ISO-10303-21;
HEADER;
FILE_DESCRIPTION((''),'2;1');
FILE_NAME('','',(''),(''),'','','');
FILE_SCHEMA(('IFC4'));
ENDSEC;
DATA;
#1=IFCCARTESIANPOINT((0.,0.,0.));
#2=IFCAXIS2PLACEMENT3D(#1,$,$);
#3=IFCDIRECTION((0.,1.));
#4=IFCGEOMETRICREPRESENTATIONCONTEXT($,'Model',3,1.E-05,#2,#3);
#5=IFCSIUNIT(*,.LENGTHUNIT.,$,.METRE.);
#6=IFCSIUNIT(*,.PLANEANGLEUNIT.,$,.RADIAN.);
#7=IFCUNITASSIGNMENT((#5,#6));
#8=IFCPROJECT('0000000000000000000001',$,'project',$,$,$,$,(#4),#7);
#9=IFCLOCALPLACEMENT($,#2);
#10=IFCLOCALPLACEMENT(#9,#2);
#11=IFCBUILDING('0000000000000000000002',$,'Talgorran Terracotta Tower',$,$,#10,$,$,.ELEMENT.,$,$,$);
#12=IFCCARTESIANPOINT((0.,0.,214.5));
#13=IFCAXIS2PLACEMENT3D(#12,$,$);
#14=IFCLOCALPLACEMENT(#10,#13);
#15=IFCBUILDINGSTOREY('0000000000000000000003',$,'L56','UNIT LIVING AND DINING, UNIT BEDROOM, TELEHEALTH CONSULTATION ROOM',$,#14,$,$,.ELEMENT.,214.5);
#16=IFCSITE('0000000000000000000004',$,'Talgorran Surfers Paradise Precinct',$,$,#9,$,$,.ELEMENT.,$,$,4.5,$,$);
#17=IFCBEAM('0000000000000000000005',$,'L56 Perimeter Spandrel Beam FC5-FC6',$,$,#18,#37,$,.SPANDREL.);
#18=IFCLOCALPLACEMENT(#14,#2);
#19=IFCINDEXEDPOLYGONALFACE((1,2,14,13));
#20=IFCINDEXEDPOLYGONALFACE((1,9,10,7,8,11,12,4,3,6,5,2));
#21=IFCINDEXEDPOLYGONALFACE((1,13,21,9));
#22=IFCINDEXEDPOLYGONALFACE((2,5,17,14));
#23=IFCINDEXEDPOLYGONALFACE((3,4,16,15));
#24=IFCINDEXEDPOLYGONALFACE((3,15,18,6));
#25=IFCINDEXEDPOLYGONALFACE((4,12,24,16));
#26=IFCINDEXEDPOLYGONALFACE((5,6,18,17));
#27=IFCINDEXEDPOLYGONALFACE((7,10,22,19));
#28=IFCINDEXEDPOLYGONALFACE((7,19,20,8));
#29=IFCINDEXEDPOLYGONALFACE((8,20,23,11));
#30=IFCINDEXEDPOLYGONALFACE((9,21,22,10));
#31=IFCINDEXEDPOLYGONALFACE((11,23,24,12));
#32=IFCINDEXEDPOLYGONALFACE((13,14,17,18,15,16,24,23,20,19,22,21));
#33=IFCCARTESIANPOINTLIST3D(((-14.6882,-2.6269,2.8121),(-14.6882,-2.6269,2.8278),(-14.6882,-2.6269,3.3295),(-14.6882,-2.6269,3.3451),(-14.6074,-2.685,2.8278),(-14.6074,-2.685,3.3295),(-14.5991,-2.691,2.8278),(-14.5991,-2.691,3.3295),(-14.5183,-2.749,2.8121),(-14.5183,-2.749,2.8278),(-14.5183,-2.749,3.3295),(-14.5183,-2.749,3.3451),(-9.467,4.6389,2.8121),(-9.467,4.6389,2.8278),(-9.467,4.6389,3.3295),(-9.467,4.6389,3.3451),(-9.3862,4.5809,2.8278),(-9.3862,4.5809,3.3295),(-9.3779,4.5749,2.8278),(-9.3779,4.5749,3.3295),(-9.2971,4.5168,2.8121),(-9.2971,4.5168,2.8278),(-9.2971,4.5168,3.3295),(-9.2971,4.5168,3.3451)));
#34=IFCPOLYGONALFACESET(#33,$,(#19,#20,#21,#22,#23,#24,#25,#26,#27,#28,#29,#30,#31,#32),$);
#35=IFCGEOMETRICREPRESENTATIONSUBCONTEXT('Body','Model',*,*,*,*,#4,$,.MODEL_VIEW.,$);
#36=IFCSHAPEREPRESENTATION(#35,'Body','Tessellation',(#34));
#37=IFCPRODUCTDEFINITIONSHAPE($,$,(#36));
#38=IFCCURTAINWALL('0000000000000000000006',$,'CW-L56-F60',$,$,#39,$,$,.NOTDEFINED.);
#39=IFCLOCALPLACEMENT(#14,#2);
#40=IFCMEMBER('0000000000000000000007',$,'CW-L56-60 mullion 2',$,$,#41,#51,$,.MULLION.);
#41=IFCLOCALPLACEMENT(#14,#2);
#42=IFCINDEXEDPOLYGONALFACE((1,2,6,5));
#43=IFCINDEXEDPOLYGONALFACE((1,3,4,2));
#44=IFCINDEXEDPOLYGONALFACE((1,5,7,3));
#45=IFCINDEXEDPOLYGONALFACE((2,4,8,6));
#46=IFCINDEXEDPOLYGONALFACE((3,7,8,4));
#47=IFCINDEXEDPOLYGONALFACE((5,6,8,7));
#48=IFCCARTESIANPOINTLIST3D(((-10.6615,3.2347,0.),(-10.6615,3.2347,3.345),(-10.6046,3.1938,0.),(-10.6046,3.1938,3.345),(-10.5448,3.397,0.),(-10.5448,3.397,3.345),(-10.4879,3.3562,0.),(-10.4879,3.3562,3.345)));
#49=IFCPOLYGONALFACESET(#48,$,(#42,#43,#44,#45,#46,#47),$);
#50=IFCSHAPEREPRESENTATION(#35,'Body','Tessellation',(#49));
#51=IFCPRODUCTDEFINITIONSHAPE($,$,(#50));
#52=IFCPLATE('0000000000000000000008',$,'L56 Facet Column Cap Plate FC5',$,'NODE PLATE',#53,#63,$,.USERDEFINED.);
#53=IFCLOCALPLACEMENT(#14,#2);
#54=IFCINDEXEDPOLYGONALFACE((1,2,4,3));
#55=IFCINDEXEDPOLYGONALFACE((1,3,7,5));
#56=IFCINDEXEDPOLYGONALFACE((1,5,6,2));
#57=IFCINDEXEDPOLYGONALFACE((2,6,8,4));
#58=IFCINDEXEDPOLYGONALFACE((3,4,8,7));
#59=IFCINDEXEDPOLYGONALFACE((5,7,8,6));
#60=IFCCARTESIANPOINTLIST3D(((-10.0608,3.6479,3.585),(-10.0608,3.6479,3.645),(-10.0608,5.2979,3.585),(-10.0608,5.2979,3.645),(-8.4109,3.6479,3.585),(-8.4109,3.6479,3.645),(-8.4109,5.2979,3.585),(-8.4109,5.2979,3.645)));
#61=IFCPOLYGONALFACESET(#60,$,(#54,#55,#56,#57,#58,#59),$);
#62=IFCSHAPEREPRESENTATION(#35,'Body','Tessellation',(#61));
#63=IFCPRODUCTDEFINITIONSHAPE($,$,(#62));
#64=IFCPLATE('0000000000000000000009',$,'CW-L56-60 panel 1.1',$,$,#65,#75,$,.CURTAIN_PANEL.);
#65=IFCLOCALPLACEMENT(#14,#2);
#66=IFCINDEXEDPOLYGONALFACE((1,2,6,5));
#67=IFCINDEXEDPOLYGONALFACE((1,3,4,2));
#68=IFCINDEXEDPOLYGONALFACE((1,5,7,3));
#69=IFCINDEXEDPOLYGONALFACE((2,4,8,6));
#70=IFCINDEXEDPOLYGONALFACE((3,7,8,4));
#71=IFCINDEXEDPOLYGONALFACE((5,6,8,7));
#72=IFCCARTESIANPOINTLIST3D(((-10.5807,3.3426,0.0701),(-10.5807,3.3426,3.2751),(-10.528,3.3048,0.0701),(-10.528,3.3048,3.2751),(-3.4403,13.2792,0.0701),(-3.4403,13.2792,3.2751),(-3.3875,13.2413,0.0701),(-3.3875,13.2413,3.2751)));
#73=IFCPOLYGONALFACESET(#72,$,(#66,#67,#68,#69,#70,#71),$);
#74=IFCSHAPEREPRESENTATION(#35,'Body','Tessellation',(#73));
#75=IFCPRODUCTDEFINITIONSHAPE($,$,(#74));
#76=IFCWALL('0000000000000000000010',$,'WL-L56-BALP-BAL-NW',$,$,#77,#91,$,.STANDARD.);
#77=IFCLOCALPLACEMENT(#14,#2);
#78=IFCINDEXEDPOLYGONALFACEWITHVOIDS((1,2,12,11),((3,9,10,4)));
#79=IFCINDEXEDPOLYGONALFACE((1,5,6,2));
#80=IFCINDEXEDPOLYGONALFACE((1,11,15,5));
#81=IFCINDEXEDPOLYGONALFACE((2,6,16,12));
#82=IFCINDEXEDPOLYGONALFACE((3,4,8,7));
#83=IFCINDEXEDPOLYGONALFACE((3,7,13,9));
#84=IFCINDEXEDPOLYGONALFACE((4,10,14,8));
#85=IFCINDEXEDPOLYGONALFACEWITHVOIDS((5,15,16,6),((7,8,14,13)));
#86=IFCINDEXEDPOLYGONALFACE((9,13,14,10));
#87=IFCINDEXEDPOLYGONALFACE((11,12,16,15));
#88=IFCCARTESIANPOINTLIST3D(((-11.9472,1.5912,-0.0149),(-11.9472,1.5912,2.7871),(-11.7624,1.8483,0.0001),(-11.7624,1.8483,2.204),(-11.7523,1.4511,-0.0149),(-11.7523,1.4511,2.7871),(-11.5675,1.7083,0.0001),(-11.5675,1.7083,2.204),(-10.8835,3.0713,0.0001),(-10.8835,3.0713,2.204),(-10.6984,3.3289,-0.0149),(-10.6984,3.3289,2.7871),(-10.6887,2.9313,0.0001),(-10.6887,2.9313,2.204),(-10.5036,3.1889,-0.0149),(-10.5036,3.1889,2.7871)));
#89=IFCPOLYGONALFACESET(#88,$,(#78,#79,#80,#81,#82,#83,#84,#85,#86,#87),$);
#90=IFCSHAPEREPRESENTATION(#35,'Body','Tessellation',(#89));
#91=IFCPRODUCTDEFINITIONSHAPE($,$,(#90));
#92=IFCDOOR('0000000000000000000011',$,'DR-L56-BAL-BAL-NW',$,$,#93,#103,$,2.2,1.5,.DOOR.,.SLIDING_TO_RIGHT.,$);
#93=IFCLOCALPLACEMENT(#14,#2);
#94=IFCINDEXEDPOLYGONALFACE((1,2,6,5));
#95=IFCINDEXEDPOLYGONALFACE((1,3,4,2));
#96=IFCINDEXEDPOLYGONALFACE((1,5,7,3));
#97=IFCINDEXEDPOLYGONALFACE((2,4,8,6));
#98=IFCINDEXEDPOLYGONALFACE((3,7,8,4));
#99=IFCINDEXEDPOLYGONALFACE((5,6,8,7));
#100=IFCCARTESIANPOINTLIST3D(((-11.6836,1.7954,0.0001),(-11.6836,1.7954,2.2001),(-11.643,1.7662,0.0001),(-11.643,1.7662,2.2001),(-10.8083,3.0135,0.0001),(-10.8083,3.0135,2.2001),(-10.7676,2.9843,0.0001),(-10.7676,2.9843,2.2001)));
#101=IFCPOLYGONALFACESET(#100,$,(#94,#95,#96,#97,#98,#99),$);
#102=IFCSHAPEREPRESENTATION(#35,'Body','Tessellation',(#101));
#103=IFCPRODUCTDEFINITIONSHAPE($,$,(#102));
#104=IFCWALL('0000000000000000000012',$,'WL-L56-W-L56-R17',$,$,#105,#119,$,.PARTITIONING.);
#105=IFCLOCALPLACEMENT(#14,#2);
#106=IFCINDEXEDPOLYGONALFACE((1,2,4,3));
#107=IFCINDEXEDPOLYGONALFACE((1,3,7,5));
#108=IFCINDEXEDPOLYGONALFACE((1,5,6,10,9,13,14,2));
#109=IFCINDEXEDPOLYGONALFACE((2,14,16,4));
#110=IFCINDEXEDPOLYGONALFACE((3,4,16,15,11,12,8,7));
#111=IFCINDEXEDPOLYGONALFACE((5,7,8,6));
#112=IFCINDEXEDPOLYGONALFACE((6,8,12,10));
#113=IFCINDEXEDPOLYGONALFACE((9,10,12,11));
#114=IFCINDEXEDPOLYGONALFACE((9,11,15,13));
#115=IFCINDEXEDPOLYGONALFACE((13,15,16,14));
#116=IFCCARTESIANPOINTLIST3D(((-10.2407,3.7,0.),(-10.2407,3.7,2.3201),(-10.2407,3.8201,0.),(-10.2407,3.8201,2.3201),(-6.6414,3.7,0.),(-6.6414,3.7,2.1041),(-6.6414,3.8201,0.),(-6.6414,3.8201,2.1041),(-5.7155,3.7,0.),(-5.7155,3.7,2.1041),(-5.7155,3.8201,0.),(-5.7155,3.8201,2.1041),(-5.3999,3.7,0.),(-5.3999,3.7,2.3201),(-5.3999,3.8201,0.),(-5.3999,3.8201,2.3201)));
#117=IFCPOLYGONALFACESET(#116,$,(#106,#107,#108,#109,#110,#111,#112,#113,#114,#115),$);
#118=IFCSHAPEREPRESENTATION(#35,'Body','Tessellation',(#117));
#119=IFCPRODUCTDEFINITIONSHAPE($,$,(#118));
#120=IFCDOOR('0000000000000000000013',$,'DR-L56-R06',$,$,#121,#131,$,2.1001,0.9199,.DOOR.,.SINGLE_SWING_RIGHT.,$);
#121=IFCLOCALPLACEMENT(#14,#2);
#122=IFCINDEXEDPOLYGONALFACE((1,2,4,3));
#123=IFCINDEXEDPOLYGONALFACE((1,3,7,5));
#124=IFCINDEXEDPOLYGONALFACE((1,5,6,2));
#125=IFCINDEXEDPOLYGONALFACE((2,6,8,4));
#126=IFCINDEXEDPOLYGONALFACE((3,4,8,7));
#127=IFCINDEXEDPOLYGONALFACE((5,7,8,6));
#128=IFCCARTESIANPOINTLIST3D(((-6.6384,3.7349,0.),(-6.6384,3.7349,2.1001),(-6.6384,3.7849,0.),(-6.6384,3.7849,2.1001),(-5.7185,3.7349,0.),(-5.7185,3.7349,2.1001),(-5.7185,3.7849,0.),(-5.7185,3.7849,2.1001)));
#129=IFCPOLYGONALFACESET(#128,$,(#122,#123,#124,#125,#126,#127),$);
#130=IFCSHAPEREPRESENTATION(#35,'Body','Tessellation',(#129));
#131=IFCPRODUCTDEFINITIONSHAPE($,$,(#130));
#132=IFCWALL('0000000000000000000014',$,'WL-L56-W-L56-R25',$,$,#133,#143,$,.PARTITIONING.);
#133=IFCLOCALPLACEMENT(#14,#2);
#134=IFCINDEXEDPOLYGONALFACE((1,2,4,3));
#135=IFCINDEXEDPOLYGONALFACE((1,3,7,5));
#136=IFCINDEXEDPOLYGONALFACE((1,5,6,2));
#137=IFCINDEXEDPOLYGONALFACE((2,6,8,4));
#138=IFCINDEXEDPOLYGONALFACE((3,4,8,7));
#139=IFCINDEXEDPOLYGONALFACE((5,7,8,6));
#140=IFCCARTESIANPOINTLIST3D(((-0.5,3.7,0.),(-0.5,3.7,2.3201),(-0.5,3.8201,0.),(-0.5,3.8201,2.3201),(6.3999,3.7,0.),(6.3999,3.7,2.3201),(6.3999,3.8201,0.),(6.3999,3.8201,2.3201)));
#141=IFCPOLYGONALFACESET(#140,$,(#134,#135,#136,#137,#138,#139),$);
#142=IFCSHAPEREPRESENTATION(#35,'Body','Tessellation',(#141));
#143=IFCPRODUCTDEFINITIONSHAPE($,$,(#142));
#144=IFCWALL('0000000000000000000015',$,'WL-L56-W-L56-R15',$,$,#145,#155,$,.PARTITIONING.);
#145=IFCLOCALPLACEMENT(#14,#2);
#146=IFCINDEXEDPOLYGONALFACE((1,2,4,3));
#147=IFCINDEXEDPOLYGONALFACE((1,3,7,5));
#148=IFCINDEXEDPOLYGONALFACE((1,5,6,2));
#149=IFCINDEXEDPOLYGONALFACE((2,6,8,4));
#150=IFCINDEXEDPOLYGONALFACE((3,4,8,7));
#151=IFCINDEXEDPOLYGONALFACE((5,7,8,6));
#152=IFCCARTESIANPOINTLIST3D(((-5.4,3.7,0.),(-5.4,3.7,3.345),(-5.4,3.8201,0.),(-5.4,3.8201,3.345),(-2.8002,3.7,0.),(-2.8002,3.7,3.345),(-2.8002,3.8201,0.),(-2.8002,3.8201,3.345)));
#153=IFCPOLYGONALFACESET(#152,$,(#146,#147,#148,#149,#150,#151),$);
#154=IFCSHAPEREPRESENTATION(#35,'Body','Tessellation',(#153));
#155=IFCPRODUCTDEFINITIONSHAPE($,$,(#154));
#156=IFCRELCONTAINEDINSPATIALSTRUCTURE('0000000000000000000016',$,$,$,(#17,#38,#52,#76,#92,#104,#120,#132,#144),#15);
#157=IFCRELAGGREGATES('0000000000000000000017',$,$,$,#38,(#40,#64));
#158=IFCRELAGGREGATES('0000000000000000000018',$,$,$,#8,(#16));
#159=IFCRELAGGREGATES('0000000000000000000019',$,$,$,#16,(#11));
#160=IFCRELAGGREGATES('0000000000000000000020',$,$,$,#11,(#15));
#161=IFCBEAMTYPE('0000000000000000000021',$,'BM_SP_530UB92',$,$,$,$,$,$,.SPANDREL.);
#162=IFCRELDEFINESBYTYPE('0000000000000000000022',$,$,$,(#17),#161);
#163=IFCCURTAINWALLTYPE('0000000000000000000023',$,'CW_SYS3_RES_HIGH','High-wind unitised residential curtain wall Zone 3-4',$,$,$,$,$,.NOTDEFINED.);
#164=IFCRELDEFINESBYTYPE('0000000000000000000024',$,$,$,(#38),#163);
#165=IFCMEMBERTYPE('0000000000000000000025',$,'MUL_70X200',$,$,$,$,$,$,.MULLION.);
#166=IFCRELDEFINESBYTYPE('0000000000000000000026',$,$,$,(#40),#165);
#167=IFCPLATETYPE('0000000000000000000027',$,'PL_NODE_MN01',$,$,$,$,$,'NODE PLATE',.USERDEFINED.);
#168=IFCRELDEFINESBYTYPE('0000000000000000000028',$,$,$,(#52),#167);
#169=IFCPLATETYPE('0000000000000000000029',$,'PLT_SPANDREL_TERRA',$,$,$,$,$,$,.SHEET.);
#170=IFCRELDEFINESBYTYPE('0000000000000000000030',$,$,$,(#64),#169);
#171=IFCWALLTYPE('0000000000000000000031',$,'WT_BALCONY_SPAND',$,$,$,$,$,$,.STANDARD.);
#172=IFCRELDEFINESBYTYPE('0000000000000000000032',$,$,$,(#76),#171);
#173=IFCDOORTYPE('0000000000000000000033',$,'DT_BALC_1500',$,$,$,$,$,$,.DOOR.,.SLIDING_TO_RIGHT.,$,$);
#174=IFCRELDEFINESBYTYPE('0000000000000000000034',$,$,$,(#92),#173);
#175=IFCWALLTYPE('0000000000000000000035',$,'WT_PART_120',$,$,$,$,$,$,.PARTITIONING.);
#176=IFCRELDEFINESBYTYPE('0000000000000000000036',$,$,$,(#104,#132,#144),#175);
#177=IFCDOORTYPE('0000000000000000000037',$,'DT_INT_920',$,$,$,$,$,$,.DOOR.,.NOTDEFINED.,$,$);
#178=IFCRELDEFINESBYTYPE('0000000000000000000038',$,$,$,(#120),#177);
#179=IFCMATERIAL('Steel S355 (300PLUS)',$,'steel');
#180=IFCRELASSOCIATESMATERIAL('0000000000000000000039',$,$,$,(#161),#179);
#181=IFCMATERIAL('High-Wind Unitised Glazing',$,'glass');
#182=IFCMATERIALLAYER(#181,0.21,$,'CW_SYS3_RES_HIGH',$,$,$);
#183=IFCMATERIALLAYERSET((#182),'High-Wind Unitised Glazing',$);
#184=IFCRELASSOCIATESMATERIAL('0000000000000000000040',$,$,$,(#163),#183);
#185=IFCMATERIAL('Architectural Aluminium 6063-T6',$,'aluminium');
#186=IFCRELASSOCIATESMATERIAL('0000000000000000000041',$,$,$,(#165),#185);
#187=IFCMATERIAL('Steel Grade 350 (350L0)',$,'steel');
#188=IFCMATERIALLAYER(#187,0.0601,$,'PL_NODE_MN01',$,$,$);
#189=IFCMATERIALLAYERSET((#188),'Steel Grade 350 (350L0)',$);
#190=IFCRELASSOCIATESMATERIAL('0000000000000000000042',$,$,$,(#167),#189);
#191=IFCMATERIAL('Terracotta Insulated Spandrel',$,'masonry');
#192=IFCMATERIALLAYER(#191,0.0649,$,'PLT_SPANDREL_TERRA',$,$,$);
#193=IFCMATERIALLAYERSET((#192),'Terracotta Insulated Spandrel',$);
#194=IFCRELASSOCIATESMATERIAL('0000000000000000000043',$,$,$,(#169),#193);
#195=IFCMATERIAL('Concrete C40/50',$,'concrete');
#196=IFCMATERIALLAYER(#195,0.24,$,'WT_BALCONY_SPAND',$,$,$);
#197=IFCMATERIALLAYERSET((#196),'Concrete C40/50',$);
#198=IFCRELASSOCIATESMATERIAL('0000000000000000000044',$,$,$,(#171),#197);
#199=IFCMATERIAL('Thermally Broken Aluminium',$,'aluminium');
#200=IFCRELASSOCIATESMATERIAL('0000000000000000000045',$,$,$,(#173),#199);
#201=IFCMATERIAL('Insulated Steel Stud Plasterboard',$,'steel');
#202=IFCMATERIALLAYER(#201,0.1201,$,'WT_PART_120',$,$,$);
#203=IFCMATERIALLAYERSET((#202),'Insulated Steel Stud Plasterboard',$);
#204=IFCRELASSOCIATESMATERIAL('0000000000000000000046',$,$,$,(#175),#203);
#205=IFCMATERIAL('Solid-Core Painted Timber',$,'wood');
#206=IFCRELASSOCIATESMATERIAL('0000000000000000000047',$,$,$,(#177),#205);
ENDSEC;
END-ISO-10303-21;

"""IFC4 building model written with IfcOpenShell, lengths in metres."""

from ifc_helpers import new_model, si_unit, direction, frame, frame_2d, origin, origin_2d, place, context, subcontext, project, spatial, rectangle, i_section, extrude, source, transform, mapped, material, layer, layer_set, material_profile, profile_set, type_object, type_shapes, element, fill, aggregate, save


model = new_model("IFC4")

# Units and contexts
model_context = context("Model", 3, precision=1e-05, world=origin(), true_north=direction((0.0, 1.0)))
body_context = subcontext(model_context, "Body", "Model", "MODEL_VIEW")
ifc_project = project(units=[si_unit("LENGTHUNIT", "METRE"), si_unit("PLANEANGLEUNIT", "RADIAN")], contexts=[model_context])

# Site, building, storey
site_placement = place(None, origin())
site = spatial("IfcSite", under=ifc_project, at=site_placement, Name="Talgorran Surfers Paradise Precinct", CompositionType="ELEMENT", RefElevation=4.5)
building_placement = place(site_placement, origin())
building = spatial("IfcBuilding", under=site, at=building_placement, Name="Talgorran Terracotta Tower", CompositionType="ELEMENT")
storey_placement = place(building_placement, frame((0.0, 0.0, 214.5)))
storey = spatial("IfcBuildingStorey", under=building, at=storey_placement, Name="L56", Description="UNIT LIVING AND DINING, UNIT BEDROOM, TELEHEALTH CONSULTATION ROOM", CompositionType="ELEMENT", Elevation=214.5)

# Shared definitions
ifc_material_1 = material(Name="Steel S355 (300PLUS)", Category="steel")
ifc_material_2 = material(Name="Steel Grade 350 (350L0)", Category="steel")

# Beam
ifc_material_profile_1 = material_profile(ifc_material_1, i_section(OverallWidth=0.2092, OverallDepth=0.533, WebThickness=0.0103, FlangeThickness=0.0156, at=origin_2d()), Name="530UB92.4")
ifc_profile_set_1 = profile_set([ifc_material_profile_1], Name="Steel S355 (300PLUS)")
beam_type_1 = type_object("IfcBeamType", Name="BM_SP_530UB92", PredefinedType="SPANDREL", material=ifc_profile_set_1)
beam_1_placement = place(storey_placement, frame((-9.3821, 4.5779, 3.0786), z_axis=(-0.583551, -0.812076, 0.0), x_axis=(0.812076, -0.583551, 0.0)))
element("IfcBeam", 1, at=beam_1_placement, inside=storey, type_object=beam_type_1, Name="L56 Perimeter Spandrel Beam FC5-FC6", PredefinedType="SPANDREL", context=body_context, shape_type="SweptSolid", body=[
    extrude(i_section(OverallWidth=0.2092, OverallDepth=0.533, WebThickness=0.0103, FlangeThickness=0.0156, at=origin_2d()), origin(), (0.0, 0.0, 1.0), 8.9473),
])

# Curtain wall, member
ifc_material_3 = material(Name="High-Wind Unitised Glazing", Category="glass")
ifc_layer_1 = layer(ifc_material_3, 0.21, Name="CW_SYS3_RES_HIGH")
ifc_layer_set_1 = layer_set([ifc_layer_1], Name="High-Wind Unitised Glazing")
curtain_wall_type = type_object("IfcCurtainWallType", Name="CW_SYS3_RES_HIGH", Description="High-wind unitised residential curtain wall Zone 3-4", PredefinedType="NOTDEFINED", material=ifc_layer_set_1)
curtain_wall_placement = place(storey_placement, origin())
curtain_wall = element("IfcCurtainWall", 2, at=curtain_wall_placement, inside=storey, type_object=curtain_wall_type, Name="CW-L56-F60", PredefinedType="NOTDEFINED")
ifc_material_4 = material(Name="Architectural Aluminium 6063-T6", Category="aluminium")
ifc_material_profile_2 = material_profile(ifc_material_4, rectangle(XDim=0.0701, YDim=0.2, at=origin_2d()), Name="CWM70X200")
ifc_profile_set_2 = profile_set([ifc_material_profile_2], Name="Architectural Aluminium 6063-T6")
member_type = type_object("IfcMemberType", Name="MUL_70X200", PredefinedType="MULLION", material=ifc_profile_set_2)
member_placement = place(storey_placement, frame((-10.5747, 3.2954, 0.0), z_axis=(0.0, 0.0, 1.0), x_axis=(0.812072, -0.583557, 0.0)))
member = element("IfcMember", 3, at=member_placement, type_object=member_type, Name="CW-L56-60 mullion 2", PredefinedType="MULLION", context=body_context, shape_type="SweptSolid", body=[
    extrude(rectangle(XDim=0.0701, YDim=0.2, at=origin_2d()), origin(), (0.0, 0.0, 1.0), 3.345),
])

# Plates
ifc_layer_2 = layer(ifc_material_2, 0.0601, Name="PL_NODE_MN01")
ifc_layer_set_2 = layer_set([ifc_layer_2], Name="Steel Grade 350 (350L0)")
plate_type_1 = type_object("IfcPlateType", Name="PL_NODE_MN01", ElementType="NODE PLATE", PredefinedType="USERDEFINED", material=ifc_layer_set_2)
plate_1_placement = place(storey_placement, frame((-9.2358, 4.4729, 3.585), z_axis=(0.0, 0.0, 1.0), x_axis=(1.0, 0.0, 0.0)))
element("IfcPlate", 4, at=plate_1_placement, inside=storey, type_object=plate_type_1, Name="L56 Facet Column Cap Plate FC5", ObjectType="NODE PLATE", PredefinedType="USERDEFINED", context=body_context, shape_type="SweptSolid", body=[
    extrude(rectangle(XDim=1.6499, YDim=1.6499, at=origin_2d()), origin(), (0.0, 0.0, 1.0), 0.0601),
])
ifc_material_5 = material(Name="Terracotta Insulated Spandrel", Category="masonry")
ifc_layer_3 = layer(ifc_material_5, 0.0649, Name="PLT_SPANDREL_TERRA")
ifc_layer_set_3 = layer_set([ifc_layer_3], Name="Terracotta Insulated Spandrel")
plate_type_2 = type_object("IfcPlateType", Name="PLT_SPANDREL_TERRA", PredefinedType="SHEET", material=ifc_layer_set_3)
shared_shape = source(origin(), body_context, "Body", "SweptSolid", [
    extrude(rectangle(XDim=12.2361, YDim=0.0649, at=origin_2d()), origin(), (0.0, 0.0, 1.0), 3.2051),
])
type_shapes(plate_type_2, [shared_shape])
plate_2_placement = place(storey_placement, frame((-6.9841, 8.292, 0.0701), z_axis=(0.0, 0.0, 1.0), x_axis=(-0.583557, -0.812072, 0.0)))
plate_2 = element("IfcPlate", 5, at=plate_2_placement, type_object=plate_type_2, Name="CW-L56-60 panel 1.1", PredefinedType="CURTAIN_PANEL", context=body_context, shape_type="MappedRepresentation", body=[
    mapped(shared_shape, transform((0.0, 0.0, 0.0), scale=1.0)),
])
aggregate(curtain_wall, [member, plate_2])

# Walls, openings, doors
ifc_material_6 = material(Name="Concrete C40/50", Category="concrete")
ifc_layer_4 = layer(ifc_material_6, 0.24, Name="WT_BALCONY_SPAND")
ifc_layer_set_4 = layer_set([ifc_layer_4], Name="Concrete C40/50")
wall_type_1 = type_object("IfcWallType", Name="WT_BALCONY_SPAND", PredefinedType="STANDARD", material=ifc_layer_set_4)
wall_1_placement = place(storey_placement, frame((-10.6011, 3.2588, -0.0149), z_axis=(0.0, 0.0, 1.0), x_axis=(-0.583556, -0.812073, 0.0)))
wall_1 = element("IfcWall", 6, at=wall_1_placement, inside=storey, type_object=wall_type_1, Name="WL-L56-BALP-BAL-NW", PredefinedType="STANDARD", context=body_context, shape_type="SweptSolid", body=[
    extrude(rectangle(XDim=2.1399, YDim=0.24, at=frame_2d((1.0698, 0.0))), origin(), (0.0, 0.0, 1.0), 2.802),
])
opening_1_placement = place(wall_1_placement, frame((0.3201, 0.0, 0.0149)))
opening_1 = element("IfcOpeningElement", 7, at=opening_1_placement, cuts=wall_1, PredefinedType="OPENING", context=body_context, shape_type="SweptSolid", body=[
    extrude(rectangle(XDim=1.506, YDim=2.204, at=frame_2d((0.75, 1.1021))), frame((0.0, 0.1299, 0.0), z_axis=(0.0, -1.0, 0.0), x_axis=(1.0, 0.0, 0.0)), (0.0, 0.0, 1.0), 0.26),
])
ifc_material_7 = material(Name="Thermally Broken Aluminium", Category="aluminium")
door_type_1 = type_object("IfcDoorType", Name="DT_BALC_1500", OperationType="SLIDING_TO_RIGHT", PredefinedType="DOOR", material=ifc_material_7)
door_1_placement = place(opening_1_placement, origin())
door_1 = element("IfcDoor", 8, at=door_1_placement, inside=storey, type_object=door_type_1, Name="DR-L56-BAL-BAL-NW", OperationType="SLIDING_TO_RIGHT", OverallHeight=2.2, OverallWidth=1.5, PredefinedType="DOOR", context=body_context, shape_type="SweptSolid", body=[
    extrude(rectangle(XDim=1.5, YDim=2.2, at=frame_2d((0.75, 1.1001))), frame((0.0, 0.0249, 0.0), z_axis=(0.0, -1.0, 0.0), x_axis=(1.0, 0.0, 0.0)), (0.0, 0.0, 1.0), 0.05),
])
fill(opening_1, door_1)
ifc_material_8 = material(Name="Insulated Steel Stud Plasterboard", Category="steel")
ifc_layer_5 = layer(ifc_material_8, 0.1201, Name="WT_PART_120")
ifc_layer_set_5 = layer_set([ifc_layer_5], Name="Insulated Steel Stud Plasterboard")
wall_type_2 = type_object("IfcWallType", Name="WT_PART_120", PredefinedType="PARTITIONING", material=ifc_layer_set_5)
wall_2_placement = place(storey_placement, frame((-10.2407, 3.76, 0.0), z_axis=(0.0, 0.0, 1.0), x_axis=(1.0, 0.0, 0.0)))
wall_2 = element("IfcWall", 9, at=wall_2_placement, inside=storey, type_object=wall_type_2, Name="WL-L56-W-L56-R17", PredefinedType="PARTITIONING", context=body_context, shape_type="SweptSolid", body=[
    extrude(rectangle(XDim=4.8408, YDim=0.1201, at=frame_2d((2.4204, 0.0))), origin(), (0.0, 0.0, 1.0), 2.3201),
])
opening_2_placement = place(wall_2_placement, frame((3.6023, 0.0, 0.0)))
opening_2 = element("IfcOpeningElement", 10, at=opening_2_placement, cuts=wall_2, PredefinedType="OPENING", context=body_context, shape_type="SweptSolid", body=[
    extrude(rectangle(XDim=0.9259, YDim=2.1041, at=frame_2d((0.46, 1.052))), frame((0.0, 0.0701, 0.0), z_axis=(0.0, -1.0, 0.0), x_axis=(1.0, 0.0, 0.0)), (0.0, 0.0, 1.0), 0.1401),
])
ifc_material_9 = material(Name="Solid-Core Painted Timber", Category="wood")
door_type_2 = type_object("IfcDoorType", Name="DT_INT_920", OperationType="NOTDEFINED", PredefinedType="DOOR", material=ifc_material_9)
door_2_placement = place(opening_2_placement, origin())
door_2 = element("IfcDoor", 11, at=door_2_placement, inside=storey, type_object=door_type_2, Name="DR-L56-R06", OperationType="SINGLE_SWING_RIGHT", OverallHeight=2.1001, OverallWidth=0.9199, PredefinedType="DOOR", context=body_context, shape_type="SweptSolid", body=[
    extrude(rectangle(XDim=0.9199, YDim=2.1001, at=frame_2d((0.46, 1.05))), frame((0.0, 0.0249, 0.0), z_axis=(0.0, -1.0, 0.0), x_axis=(1.0, 0.0, 0.0)), (0.0, 0.0, 1.0), 0.05),
])
fill(opening_2, door_2)

# Walls
wall_3_placement = place(storey_placement, frame((-0.5, 3.76, 0.0), z_axis=(0.0, 0.0, 1.0), x_axis=(1.0, 0.0, 0.0)))
element("IfcWall", 12, at=wall_3_placement, inside=storey, type_object=wall_type_2, Name="WL-L56-W-L56-R25", PredefinedType="PARTITIONING", context=body_context, shape_type="SweptSolid", body=[
    extrude(rectangle(XDim=6.8999, YDim=0.1201, at=frame_2d((3.45, 0.0))), origin(), (0.0, 0.0, 1.0), 2.3201),
])
wall_4_placement = place(storey_placement, frame((-5.3999, 3.76, 0.0), z_axis=(0.0, 0.0, 1.0), x_axis=(1.0, 0.0, 0.0)))
element("IfcWall", 13, at=wall_4_placement, inside=storey, type_object=wall_type_2, Name="WL-L56-W-L56-R15", PredefinedType="PARTITIONING", context=body_context, shape_type="SweptSolid", body=[
    extrude(rectangle(XDim=2.5999, YDim=0.1201, at=frame_2d((1.2998, 0.0))), origin(), (0.0, 0.0, 1.0), 3.345),
])

save(model, "model.ifc")
